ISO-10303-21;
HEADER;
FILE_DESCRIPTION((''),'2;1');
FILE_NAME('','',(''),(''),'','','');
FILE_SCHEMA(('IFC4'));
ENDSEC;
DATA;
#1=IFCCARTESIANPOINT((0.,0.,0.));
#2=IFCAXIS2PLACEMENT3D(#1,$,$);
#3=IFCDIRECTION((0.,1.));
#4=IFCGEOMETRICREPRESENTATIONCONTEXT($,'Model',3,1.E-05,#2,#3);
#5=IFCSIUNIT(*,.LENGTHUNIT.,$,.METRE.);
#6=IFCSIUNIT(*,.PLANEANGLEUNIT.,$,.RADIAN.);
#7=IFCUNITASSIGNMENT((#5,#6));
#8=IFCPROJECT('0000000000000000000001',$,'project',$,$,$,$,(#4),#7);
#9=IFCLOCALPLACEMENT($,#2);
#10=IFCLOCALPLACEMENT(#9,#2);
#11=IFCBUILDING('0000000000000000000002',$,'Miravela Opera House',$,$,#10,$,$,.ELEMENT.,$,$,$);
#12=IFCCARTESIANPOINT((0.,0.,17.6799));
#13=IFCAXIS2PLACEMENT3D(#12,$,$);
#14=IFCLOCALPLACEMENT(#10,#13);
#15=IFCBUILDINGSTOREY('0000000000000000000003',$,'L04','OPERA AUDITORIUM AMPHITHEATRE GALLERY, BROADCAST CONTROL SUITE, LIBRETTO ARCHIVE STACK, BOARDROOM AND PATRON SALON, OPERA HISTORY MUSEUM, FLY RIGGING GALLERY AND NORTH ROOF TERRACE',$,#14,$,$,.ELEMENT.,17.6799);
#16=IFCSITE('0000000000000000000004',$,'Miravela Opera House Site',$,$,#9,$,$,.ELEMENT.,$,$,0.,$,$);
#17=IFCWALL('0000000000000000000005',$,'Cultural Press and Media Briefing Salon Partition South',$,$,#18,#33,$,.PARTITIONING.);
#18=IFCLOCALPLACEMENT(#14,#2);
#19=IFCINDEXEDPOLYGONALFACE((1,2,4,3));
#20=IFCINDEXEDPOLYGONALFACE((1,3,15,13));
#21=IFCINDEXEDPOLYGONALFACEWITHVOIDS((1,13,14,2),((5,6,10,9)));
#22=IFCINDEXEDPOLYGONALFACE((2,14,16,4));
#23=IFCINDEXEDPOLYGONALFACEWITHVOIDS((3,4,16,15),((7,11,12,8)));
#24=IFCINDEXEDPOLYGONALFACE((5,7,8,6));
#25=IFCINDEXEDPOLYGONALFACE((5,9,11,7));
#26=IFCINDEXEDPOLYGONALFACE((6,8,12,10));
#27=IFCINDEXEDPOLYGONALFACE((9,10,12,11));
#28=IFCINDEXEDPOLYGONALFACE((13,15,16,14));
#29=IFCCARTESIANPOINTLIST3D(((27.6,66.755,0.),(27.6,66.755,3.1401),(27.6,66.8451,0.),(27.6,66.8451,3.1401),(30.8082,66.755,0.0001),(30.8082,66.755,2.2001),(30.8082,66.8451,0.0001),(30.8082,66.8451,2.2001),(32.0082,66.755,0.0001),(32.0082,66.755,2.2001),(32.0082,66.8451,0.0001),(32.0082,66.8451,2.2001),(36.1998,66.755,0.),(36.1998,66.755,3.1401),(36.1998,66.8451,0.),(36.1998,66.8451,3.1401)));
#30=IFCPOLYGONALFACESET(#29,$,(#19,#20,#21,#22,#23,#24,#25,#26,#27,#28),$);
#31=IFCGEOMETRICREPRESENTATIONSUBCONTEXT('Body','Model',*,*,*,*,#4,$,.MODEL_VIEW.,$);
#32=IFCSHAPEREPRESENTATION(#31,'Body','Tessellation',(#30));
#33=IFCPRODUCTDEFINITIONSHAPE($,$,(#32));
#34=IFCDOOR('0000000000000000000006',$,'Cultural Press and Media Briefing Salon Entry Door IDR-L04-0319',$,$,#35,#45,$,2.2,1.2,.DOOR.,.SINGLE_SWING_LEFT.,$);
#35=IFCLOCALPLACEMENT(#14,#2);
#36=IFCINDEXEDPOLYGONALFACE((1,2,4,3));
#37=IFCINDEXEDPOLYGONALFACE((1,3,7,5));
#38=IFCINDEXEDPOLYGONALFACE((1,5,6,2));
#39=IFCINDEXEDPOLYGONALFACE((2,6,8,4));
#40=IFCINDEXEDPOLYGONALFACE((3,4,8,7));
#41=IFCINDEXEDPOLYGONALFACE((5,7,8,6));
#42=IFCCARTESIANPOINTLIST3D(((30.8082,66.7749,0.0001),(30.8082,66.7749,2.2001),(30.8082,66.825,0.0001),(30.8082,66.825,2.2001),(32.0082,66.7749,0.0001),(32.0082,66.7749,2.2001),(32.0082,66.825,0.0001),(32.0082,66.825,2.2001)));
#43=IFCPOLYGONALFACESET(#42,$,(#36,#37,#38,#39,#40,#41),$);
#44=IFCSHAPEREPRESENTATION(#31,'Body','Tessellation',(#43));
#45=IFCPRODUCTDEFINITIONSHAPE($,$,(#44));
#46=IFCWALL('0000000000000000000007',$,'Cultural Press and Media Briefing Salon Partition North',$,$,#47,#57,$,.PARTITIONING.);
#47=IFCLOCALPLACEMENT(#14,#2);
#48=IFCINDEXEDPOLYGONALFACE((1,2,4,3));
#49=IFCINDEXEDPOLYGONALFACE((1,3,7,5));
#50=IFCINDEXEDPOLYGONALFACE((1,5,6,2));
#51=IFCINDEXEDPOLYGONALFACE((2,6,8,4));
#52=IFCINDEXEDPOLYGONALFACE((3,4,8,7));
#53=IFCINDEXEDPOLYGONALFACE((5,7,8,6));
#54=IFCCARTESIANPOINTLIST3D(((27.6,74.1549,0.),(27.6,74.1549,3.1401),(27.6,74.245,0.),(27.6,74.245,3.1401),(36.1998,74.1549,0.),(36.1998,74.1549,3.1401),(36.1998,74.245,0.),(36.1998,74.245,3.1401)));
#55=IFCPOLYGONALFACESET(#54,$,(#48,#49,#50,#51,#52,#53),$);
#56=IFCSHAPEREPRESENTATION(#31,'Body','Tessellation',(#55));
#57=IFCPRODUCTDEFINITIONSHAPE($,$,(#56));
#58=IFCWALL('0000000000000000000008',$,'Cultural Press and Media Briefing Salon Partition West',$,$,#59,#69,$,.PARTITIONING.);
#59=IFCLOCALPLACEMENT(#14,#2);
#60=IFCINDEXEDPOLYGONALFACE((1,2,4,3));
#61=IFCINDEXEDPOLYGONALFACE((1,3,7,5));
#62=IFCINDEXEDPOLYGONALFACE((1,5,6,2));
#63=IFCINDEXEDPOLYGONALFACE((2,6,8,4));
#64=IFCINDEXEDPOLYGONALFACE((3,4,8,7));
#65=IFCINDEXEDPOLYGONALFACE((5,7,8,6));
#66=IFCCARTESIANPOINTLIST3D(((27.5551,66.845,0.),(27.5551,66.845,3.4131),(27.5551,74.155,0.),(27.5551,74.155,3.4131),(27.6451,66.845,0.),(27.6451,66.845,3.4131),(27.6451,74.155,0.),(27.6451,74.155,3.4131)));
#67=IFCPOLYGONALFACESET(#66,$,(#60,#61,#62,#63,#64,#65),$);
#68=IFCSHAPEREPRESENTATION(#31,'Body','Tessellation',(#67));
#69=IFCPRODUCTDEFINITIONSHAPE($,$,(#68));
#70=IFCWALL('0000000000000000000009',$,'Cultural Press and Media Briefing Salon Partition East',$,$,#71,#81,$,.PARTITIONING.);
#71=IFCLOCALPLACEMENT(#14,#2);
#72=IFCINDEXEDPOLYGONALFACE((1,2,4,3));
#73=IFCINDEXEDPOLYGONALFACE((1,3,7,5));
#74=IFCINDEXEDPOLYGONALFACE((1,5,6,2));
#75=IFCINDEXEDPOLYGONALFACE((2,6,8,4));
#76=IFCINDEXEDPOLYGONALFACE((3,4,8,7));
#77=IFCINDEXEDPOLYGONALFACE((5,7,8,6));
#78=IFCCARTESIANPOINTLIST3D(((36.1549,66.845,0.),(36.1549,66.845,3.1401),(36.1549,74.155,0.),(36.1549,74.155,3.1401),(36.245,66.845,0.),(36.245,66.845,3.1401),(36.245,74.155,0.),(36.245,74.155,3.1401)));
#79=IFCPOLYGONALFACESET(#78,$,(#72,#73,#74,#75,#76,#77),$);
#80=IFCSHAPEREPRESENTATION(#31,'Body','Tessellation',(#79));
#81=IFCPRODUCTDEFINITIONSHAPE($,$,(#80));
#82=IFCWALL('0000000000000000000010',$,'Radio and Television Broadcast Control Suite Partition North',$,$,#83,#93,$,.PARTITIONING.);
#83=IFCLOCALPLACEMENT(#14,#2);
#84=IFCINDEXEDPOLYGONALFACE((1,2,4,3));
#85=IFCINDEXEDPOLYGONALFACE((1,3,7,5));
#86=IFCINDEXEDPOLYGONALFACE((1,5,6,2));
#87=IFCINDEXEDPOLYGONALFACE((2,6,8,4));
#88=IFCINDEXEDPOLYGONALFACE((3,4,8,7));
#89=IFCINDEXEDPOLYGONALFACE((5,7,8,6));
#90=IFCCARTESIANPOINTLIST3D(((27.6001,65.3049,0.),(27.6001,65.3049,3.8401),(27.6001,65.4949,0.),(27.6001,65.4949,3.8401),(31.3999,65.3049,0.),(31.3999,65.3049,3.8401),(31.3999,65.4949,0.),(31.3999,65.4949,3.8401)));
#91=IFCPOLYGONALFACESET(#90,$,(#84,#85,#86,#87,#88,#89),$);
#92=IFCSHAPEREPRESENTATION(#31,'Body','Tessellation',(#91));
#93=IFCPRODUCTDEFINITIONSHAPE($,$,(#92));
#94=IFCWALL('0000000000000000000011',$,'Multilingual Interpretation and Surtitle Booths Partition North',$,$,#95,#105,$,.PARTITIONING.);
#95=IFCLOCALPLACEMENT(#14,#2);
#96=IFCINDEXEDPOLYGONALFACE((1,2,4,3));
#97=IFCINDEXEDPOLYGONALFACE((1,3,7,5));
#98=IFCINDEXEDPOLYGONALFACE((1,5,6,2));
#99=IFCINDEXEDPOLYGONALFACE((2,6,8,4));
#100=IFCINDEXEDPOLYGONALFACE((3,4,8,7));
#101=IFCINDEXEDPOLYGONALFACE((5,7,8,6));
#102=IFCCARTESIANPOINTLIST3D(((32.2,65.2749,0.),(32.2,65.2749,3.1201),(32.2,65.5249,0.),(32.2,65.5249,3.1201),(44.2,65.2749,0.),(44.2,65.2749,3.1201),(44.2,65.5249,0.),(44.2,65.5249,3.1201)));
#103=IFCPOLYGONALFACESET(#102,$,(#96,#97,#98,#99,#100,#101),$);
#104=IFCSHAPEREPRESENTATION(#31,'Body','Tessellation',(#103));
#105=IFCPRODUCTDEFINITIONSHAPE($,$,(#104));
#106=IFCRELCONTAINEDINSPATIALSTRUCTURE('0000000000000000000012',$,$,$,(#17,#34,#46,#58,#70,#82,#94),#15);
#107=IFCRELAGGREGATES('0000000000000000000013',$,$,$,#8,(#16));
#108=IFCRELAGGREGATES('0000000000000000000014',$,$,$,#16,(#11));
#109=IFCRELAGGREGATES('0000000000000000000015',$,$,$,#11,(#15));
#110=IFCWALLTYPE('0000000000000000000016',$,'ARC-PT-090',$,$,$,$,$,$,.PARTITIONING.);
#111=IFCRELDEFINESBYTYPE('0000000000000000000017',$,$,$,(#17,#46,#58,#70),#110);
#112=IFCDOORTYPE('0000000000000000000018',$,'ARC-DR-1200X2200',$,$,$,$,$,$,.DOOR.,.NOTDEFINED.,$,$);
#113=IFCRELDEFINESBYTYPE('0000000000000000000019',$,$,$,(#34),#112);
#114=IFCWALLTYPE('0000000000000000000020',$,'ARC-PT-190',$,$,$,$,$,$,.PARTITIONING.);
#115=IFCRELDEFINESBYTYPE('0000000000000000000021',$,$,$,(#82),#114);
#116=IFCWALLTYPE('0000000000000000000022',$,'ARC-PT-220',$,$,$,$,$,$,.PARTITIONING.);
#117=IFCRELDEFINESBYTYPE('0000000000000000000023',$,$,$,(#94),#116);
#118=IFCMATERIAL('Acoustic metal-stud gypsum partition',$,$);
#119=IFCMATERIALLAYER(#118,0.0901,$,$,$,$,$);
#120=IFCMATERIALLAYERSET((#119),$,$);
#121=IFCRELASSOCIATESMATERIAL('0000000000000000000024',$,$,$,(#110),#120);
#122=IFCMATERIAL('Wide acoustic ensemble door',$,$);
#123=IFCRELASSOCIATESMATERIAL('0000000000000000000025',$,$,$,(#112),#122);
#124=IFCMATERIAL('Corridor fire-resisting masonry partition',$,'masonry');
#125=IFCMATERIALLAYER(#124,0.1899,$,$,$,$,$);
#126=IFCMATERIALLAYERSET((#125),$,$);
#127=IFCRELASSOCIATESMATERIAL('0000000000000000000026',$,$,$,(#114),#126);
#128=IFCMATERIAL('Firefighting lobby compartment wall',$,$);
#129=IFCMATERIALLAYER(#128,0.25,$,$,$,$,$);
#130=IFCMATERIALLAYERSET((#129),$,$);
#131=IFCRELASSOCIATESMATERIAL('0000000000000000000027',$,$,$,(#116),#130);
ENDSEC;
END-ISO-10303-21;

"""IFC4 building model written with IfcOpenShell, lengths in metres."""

from ifc_helpers import new_model, si_unit, direction, frame, frame_2d, origin, place, context, subcontext, project, spatial, rectangle, extrude, material, layer, layer_set, type_object, element, fill, save


model = new_model("IFC4")

# Units and contexts
model_context = context("Model", 3, precision=1e-05, world=origin(), true_north=direction((0.0, 1.0)))
body_context = subcontext(model_context, "Body", "Model", "MODEL_VIEW")
ifc_project = project(units=[si_unit("LENGTHUNIT", "METRE"), si_unit("PLANEANGLEUNIT", "RADIAN")], contexts=[model_context])

# Site, building, storey
site_placement = place(None, origin())
site = spatial("IfcSite", under=ifc_project, at=site_placement, Name="Miravela Opera House Site", CompositionType="ELEMENT", RefElevation=0.0)
building_placement = place(site_placement, origin())
building = spatial("IfcBuilding", under=site, at=building_placement, Name="Miravela Opera House", CompositionType="ELEMENT")
storey_placement = place(building_placement, frame((0.0, 0.0, 17.6799)))
storey = spatial("IfcBuildingStorey", under=building, at=storey_placement, Name="L04", Description="OPERA AUDITORIUM AMPHITHEATRE GALLERY, BROADCAST CONTROL SUITE, LIBRETTO ARCHIVE STACK, BOARDROOM AND PATRON SALON, OPERA HISTORY MUSEUM, FLY RIGGING GALLERY AND NORTH ROOF TERRACE", CompositionType="ELEMENT", Elevation=17.6799)

# Wall, opening, door
ifc_material_1 = material(Name="Acoustic metal-stud gypsum partition")
ifc_layer_1 = layer(ifc_material_1, 0.0901)
ifc_layer_set_1 = layer_set([ifc_layer_1])
wall_type_1 = type_object("IfcWallType", Name="ARC-PT-090", PredefinedType="PARTITIONING", material=ifc_layer_set_1)
wall_1_placement = place(storey_placement, frame((27.6001, 66.8, 0.0), z_axis=(0.0, 0.0, 1.0), x_axis=(1.0, 0.0, 0.0)))
wall_1 = element("IfcWall", 1, at=wall_1_placement, inside=storey, type_object=wall_type_1, Name="Cultural Press and Media Briefing Salon Partition South", PredefinedType="PARTITIONING", context=body_context, shape_type="SweptSolid", body=[
    extrude(rectangle(XDim=8.5999, YDim=0.0901, at=frame_2d((4.2998, 0.0))), origin(), (0.0, 0.0, 1.0), 3.1401),
])
opening_1_placement = place(wall_1_placement, frame((3.208, 0.0, 0.0)))
opening_1 = element("IfcOpeningElement", 2, at=opening_1_placement, cuts=wall_1, PredefinedType="OPENING", context=body_context, shape_type="SweptSolid", body=[
    extrude(rectangle(XDim=1.2, YDim=2.2, at=frame_2d((0.6001, 1.1001))), frame((0.0, 0.0549, 0.0), z_axis=(0.0, -1.0, 0.0), x_axis=(1.0, 0.0, 0.0)), (0.0, 0.0, 1.0), 0.1101),
])
ifc_material_2 = material(Name="Wide acoustic ensemble door")
door_type_1 = type_object("IfcDoorType", Name="ARC-DR-1200X2200", OperationType="NOTDEFINED", PredefinedType="DOOR", material=ifc_material_2)
door_1_placement = place(opening_1_placement, origin())
door_1 = element("IfcDoor", 3, at=door_1_placement, inside=storey, type_object=door_type_1, Name="Cultural Press and Media Briefing Salon Entry Door IDR-L04-0319", OperationType="SINGLE_SWING_LEFT", OverallHeight=2.2, OverallWidth=1.2, PredefinedType="DOOR", context=body_context, shape_type="SweptSolid", body=[
    extrude(rectangle(XDim=1.2, YDim=2.2, at=frame_2d((0.6001, 1.1001))), frame((0.0, 0.0249, 0.0), z_axis=(0.0, -1.0, 0.0), x_axis=(1.0, 0.0, 0.0)), (0.0, 0.0, 1.0), 0.05),
])
fill(opening_1, door_1)

# Walls
wall_2_placement = place(storey_placement, frame((27.6001, 74.2, 0.0), z_axis=(0.0, 0.0, 1.0), x_axis=(1.0, 0.0, 0.0)))
element("IfcWall", 4, at=wall_2_placement, inside=storey, type_object=wall_type_1, Name="Cultural Press and Media Briefing Salon Partition North", PredefinedType="PARTITIONING", context=body_context, shape_type="SweptSolid", body=[
    extrude(rectangle(XDim=8.5999, YDim=0.0901, at=frame_2d((4.2998, 0.0))), origin(), (0.0, 0.0, 1.0), 3.1401),
])
wall_3_placement = place(storey_placement, frame((27.6001, 66.845, 0.0), z_axis=(0.0, 0.0, 1.0), x_axis=(0.0, 1.0, 0.0)))
element("IfcWall", 5, at=wall_3_placement, inside=storey, type_object=wall_type_1, Name="Cultural Press and Media Briefing Salon Partition West", PredefinedType="PARTITIONING", context=body_context, shape_type="SweptSolid", body=[
    extrude(rectangle(XDim=7.3101, YDim=0.0901, at=frame_2d((3.655, 0.0))), origin(), (0.0, 0.0, 1.0), 3.4131),
])
wall_4_placement = place(storey_placement, frame((36.2, 66.845, 0.0), z_axis=(0.0, 0.0, 1.0), x_axis=(0.0, 1.0, 0.0)))
element("IfcWall", 6, at=wall_4_placement, inside=storey, type_object=wall_type_1, Name="Cultural Press and Media Briefing Salon Partition East", PredefinedType="PARTITIONING", context=body_context, shape_type="SweptSolid", body=[
    extrude(rectangle(XDim=7.3101, YDim=0.0901, at=frame_2d((3.655, 0.0))), origin(), (0.0, 0.0, 1.0), 3.1401),
])
ifc_material_3 = material(Name="Corridor fire-resisting masonry partition", Category="masonry")
ifc_layer_2 = layer(ifc_material_3, 0.1899)
ifc_layer_set_2 = layer_set([ifc_layer_2])
wall_type_2 = type_object("IfcWallType", Name="ARC-PT-190", PredefinedType="PARTITIONING", material=ifc_layer_set_2)
wall_5_placement = place(storey_placement, frame((27.6001, 65.3999, 0.0), z_axis=(0.0, 0.0, 1.0), x_axis=(1.0, 0.0, 0.0)))
element("IfcWall", 7, at=wall_5_placement, inside=storey, type_object=wall_type_2, Name="Radio and Television Broadcast Control Suite Partition North", PredefinedType="PARTITIONING", context=body_context, shape_type="SweptSolid", body=[
    extrude(rectangle(XDim=3.7998, YDim=0.1899, at=frame_2d((1.8999, 0.0))), origin(), (0.0, 0.0, 1.0), 3.8401),
])
ifc_material_4 = material(Name="Firefighting lobby compartment wall")
ifc_layer_3 = layer(ifc_material_4, 0.25)
ifc_layer_set_3 = layer_set([ifc_layer_3])
wall_type_3 = type_object("IfcWallType", Name="ARC-PT-220", PredefinedType="PARTITIONING", material=ifc_layer_set_3)
wall_6_placement = place(storey_placement, frame((32.2, 65.3999, 0.0), z_axis=(0.0, 0.0, 1.0), x_axis=(1.0, 0.0, 0.0)))
element("IfcWall", 8, at=wall_6_placement, inside=storey, type_object=wall_type_3, Name="Multilingual Interpretation and Surtitle Booths Partition North", PredefinedType="PARTITIONING", context=body_context, shape_type="SweptSolid", body=[
    extrude(rectangle(XDim=12.0, YDim=0.25, at=frame_2d((6.0, 0.0))), origin(), (0.0, 0.0, 1.0), 3.1201),
])

save(model, "model.ifc")
